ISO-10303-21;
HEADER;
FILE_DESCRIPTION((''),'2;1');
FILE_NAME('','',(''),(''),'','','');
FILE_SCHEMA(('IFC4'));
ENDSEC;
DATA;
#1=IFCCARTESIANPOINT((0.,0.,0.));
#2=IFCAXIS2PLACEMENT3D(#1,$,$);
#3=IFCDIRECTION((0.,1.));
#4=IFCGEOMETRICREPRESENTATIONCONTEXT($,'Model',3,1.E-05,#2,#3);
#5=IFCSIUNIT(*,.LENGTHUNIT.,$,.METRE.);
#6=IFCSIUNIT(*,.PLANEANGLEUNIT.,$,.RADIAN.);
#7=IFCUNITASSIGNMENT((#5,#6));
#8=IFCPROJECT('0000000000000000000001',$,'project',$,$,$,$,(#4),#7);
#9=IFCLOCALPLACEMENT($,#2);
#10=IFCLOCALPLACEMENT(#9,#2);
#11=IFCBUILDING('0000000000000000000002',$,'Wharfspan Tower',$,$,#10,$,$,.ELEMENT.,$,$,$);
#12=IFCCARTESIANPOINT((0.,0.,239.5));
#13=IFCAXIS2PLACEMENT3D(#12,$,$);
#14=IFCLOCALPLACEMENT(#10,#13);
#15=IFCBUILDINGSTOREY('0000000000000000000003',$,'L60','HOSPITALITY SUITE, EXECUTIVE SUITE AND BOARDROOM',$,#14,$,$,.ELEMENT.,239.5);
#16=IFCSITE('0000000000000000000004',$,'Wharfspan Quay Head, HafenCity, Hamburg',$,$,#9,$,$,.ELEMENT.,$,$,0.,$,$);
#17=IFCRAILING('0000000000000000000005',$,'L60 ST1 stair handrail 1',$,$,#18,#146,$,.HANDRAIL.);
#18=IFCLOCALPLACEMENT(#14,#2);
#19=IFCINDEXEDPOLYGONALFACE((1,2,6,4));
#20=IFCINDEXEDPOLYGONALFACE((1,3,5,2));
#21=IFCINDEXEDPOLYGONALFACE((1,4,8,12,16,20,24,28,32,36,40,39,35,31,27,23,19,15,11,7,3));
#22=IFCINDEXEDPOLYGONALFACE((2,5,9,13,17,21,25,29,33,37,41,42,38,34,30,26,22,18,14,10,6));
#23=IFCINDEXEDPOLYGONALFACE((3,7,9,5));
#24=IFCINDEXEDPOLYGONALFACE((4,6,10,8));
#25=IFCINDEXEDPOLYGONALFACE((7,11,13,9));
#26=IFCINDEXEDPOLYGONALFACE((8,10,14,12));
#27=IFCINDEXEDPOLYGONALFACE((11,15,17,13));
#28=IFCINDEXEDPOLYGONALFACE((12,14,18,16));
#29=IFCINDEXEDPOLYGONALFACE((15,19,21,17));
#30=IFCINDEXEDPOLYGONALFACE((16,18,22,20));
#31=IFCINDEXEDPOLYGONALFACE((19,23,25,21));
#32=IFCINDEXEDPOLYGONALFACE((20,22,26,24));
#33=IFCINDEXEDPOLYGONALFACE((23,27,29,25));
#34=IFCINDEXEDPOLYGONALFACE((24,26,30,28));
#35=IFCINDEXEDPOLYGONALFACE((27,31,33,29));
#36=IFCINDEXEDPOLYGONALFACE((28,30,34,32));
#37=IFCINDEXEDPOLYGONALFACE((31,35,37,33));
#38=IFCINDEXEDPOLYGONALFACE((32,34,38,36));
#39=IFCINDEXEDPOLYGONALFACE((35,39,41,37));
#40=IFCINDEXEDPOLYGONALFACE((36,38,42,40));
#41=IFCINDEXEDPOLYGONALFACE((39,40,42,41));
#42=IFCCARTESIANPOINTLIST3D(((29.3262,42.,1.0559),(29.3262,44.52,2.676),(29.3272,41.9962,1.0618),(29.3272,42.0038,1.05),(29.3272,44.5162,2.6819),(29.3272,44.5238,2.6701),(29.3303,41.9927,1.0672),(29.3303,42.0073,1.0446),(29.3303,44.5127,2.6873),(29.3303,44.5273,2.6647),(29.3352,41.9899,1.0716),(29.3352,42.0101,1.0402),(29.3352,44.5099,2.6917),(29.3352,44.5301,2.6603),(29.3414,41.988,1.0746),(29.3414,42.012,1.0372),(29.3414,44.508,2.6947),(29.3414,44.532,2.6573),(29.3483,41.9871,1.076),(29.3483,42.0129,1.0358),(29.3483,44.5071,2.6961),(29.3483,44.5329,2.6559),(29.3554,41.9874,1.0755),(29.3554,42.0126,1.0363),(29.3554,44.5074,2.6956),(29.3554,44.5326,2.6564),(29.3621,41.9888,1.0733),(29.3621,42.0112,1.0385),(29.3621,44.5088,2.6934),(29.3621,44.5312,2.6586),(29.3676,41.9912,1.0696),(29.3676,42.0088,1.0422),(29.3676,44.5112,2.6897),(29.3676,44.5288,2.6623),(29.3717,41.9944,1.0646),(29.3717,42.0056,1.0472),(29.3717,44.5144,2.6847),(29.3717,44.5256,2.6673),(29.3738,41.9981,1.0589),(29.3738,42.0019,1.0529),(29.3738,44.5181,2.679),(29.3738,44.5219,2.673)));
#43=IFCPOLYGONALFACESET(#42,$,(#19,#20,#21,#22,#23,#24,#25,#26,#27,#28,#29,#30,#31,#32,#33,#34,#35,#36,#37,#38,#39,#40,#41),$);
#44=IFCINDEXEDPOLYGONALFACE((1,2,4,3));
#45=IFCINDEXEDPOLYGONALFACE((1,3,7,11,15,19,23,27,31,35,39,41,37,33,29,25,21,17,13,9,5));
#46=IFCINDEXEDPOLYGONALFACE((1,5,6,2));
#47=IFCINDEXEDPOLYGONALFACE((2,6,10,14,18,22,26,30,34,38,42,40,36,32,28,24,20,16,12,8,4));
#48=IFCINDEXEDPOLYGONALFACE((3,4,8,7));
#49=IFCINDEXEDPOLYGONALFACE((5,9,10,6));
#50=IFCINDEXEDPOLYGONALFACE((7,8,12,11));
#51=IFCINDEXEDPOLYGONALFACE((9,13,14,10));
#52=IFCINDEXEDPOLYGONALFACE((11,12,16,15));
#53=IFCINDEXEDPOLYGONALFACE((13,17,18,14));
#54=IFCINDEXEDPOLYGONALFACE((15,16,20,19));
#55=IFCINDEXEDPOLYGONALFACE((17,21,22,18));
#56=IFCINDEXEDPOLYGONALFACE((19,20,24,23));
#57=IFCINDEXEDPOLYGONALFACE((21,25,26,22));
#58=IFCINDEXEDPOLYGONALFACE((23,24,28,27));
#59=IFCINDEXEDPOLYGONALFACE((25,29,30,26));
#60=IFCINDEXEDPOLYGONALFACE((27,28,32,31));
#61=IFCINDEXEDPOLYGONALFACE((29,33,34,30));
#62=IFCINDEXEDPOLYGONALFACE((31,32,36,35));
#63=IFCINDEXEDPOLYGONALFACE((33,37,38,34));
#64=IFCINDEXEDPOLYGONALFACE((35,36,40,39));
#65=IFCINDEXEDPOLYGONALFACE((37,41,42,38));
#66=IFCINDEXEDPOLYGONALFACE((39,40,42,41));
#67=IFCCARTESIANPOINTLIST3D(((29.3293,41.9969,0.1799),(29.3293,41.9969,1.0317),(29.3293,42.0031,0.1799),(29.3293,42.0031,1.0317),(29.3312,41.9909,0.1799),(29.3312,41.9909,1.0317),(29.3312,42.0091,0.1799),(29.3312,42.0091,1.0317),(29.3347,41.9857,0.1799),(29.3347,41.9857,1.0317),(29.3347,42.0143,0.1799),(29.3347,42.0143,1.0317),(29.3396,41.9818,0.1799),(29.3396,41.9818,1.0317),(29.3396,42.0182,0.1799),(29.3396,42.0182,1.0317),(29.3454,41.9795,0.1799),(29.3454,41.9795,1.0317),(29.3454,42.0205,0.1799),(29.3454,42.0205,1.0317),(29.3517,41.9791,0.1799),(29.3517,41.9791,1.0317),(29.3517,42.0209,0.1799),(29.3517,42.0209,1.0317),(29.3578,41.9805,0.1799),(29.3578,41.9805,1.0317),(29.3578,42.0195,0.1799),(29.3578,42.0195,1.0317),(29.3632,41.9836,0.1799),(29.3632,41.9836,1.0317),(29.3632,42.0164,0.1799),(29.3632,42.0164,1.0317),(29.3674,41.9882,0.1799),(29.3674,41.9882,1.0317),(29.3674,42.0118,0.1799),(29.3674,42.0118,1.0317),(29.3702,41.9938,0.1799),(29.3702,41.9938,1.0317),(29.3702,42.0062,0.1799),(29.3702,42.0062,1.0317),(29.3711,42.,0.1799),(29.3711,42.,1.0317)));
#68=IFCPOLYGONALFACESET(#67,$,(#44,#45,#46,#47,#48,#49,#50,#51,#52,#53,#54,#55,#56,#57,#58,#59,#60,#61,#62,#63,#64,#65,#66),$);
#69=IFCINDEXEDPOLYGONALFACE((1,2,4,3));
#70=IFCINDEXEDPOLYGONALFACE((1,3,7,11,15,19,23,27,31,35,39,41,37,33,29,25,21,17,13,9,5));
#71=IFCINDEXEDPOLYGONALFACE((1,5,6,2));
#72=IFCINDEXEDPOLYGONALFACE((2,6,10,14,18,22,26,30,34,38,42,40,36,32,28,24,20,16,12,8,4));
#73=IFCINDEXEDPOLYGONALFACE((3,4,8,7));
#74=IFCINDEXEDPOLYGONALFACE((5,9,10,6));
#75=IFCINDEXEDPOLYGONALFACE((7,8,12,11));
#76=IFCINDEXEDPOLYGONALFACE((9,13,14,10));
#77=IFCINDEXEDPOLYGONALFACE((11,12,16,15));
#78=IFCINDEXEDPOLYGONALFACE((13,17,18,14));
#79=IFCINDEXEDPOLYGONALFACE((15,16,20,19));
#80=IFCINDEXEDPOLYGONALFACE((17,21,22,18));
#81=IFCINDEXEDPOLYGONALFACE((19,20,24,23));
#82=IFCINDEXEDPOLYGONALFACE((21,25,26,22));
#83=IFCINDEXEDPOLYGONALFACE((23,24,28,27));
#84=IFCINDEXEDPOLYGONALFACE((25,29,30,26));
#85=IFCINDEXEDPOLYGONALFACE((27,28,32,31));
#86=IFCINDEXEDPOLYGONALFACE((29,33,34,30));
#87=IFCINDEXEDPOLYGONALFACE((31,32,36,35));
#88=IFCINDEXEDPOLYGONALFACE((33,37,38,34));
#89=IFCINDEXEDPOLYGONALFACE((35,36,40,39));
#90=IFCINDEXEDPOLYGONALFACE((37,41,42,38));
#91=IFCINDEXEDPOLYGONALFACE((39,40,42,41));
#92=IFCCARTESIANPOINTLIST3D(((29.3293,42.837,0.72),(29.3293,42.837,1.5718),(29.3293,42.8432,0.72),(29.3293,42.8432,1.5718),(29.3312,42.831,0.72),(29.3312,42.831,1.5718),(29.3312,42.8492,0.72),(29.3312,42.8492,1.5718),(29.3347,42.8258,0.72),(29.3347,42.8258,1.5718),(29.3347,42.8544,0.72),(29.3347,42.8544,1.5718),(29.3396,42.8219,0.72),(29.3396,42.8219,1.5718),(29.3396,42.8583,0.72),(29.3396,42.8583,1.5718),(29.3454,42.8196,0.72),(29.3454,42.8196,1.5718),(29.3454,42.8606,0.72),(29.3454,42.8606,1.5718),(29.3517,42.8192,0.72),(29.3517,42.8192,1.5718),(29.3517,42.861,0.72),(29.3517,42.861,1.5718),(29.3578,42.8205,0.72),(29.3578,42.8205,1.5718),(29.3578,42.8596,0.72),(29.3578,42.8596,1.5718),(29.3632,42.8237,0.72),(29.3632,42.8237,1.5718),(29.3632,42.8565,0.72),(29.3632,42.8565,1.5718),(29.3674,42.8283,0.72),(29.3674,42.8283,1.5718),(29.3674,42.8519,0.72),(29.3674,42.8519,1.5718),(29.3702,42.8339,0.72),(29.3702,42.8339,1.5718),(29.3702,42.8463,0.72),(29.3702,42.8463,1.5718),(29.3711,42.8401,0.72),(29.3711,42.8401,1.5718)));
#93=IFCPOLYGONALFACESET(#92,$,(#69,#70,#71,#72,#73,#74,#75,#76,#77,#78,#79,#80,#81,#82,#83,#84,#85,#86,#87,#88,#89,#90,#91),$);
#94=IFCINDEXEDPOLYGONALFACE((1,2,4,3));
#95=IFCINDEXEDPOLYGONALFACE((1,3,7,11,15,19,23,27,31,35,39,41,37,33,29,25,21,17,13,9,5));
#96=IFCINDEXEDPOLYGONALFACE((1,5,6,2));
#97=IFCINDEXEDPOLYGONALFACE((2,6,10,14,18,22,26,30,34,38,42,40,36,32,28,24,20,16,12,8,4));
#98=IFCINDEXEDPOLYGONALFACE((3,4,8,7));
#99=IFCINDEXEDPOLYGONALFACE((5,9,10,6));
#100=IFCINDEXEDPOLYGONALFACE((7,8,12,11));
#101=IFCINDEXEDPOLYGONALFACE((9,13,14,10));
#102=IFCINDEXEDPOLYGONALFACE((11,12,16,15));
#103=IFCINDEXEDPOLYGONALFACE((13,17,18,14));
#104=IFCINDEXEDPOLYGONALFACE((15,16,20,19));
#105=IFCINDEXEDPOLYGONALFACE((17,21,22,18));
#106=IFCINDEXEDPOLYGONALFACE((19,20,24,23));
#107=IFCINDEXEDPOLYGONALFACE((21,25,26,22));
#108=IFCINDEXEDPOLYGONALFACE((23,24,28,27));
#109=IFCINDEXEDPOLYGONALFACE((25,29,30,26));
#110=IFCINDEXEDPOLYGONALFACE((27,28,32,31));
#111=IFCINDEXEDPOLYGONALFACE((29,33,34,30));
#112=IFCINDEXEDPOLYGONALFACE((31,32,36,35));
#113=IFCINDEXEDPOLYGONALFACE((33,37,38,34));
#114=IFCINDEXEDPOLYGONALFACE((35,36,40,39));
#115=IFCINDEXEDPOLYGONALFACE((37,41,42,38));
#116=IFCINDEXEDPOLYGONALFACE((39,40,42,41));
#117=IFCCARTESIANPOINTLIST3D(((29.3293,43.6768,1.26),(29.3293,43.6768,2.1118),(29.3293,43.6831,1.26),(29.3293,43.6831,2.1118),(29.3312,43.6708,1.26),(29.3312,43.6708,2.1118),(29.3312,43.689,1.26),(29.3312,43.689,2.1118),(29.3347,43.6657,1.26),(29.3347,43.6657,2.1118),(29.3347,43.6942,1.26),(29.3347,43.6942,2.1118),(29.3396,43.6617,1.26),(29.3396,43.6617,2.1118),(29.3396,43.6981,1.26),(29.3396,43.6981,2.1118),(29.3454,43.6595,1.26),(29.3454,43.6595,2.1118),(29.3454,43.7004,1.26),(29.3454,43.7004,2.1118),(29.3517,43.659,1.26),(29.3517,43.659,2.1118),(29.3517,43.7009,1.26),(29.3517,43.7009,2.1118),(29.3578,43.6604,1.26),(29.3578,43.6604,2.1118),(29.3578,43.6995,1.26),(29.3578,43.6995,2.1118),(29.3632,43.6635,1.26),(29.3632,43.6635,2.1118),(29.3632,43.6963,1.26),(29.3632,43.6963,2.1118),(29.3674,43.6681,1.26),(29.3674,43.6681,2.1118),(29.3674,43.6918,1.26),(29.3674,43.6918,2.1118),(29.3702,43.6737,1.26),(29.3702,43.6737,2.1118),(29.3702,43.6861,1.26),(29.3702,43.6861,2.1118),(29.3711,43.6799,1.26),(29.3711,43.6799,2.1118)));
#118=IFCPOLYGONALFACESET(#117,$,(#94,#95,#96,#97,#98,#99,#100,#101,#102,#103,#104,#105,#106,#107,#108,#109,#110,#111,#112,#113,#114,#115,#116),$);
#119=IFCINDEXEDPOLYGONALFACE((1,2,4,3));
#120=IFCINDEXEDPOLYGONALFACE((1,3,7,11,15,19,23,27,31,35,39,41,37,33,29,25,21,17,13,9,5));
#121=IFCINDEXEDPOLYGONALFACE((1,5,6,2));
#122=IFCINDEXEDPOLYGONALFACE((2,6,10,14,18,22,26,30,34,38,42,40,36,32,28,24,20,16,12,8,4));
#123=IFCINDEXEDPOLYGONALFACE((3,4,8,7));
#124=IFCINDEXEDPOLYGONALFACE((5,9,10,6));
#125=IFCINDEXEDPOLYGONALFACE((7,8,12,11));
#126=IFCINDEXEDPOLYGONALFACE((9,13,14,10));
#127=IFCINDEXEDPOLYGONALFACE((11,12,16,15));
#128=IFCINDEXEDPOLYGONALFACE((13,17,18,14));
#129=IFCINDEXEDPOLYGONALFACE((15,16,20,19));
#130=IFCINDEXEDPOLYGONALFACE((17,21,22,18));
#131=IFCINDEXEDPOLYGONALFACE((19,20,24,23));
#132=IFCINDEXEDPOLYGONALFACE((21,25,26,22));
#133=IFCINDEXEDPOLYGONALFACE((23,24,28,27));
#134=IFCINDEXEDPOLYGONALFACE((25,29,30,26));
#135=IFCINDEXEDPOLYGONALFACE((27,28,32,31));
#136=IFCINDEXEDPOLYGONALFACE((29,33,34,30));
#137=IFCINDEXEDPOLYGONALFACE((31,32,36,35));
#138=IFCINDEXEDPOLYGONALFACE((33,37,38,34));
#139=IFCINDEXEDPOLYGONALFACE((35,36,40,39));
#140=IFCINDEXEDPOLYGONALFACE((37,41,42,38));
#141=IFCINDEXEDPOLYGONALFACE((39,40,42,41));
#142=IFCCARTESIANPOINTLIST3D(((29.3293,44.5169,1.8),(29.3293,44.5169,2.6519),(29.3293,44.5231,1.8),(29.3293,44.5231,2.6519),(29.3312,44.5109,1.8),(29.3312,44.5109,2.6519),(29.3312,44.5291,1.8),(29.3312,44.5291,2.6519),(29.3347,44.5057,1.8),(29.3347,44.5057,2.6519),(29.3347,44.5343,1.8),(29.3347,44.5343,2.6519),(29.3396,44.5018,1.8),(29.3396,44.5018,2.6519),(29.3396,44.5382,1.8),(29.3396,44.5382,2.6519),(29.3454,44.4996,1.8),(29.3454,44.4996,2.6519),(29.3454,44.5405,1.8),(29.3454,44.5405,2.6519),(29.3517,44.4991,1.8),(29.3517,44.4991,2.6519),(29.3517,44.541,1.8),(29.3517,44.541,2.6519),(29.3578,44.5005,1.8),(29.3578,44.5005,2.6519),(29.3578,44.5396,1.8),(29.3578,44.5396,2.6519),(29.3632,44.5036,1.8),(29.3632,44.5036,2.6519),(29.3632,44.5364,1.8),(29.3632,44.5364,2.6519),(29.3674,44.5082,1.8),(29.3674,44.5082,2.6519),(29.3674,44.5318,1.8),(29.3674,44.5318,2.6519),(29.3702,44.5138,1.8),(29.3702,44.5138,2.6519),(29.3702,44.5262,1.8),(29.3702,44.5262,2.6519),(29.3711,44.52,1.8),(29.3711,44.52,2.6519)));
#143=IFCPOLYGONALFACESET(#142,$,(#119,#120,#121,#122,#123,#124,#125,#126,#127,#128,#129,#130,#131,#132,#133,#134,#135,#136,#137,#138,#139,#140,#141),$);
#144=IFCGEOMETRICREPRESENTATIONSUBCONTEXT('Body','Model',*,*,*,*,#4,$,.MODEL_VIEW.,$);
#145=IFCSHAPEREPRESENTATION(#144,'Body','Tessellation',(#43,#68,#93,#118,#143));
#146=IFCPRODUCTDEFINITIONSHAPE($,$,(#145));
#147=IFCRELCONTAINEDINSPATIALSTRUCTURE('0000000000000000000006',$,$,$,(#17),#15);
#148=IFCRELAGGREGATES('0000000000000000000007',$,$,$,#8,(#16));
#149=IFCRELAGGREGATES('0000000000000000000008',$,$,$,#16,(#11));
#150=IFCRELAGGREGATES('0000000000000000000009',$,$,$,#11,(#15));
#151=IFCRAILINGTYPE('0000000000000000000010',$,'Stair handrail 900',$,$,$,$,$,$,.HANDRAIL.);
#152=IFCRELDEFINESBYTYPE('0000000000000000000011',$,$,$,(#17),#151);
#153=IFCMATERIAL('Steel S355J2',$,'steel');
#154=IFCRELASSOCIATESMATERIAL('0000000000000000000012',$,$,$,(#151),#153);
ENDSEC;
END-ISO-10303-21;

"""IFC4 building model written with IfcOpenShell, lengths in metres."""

from ifc_helpers import new_model, si_unit, direction, frame, origin, origin_2d, place, context, subcontext, project, spatial, circle, extrude, material, type_object, element, save


model = new_model("IFC4")

# Units and contexts
model_context = context("Model", 3, precision=1e-05, world=origin(), true_north=direction((0.0, 1.0)))
body_context = subcontext(model_context, "Body", "Model", "MODEL_VIEW")
ifc_project = project(units=[si_unit("LENGTHUNIT", "METRE"), si_unit("PLANEANGLEUNIT", "RADIAN")], contexts=[model_context])

# Site, building, storey
site_placement = place(None, origin())
site = spatial("IfcSite", under=ifc_project, at=site_placement, Name="Wharfspan Quay Head, HafenCity, Hamburg", CompositionType="ELEMENT", RefElevation=0.0)
building_placement = place(site_placement, origin())
building = spatial("IfcBuilding", under=site, at=building_placement, Name="Wharfspan Tower", CompositionType="ELEMENT")
storey_placement = place(building_placement, frame((0.0, 0.0, 239.5)))
storey = spatial("IfcBuildingStorey", under=building, at=storey_placement, Name="L60", Description="HOSPITALITY SUITE, EXECUTIVE SUITE AND BOARDROOM", CompositionType="ELEMENT", Elevation=239.5)

# Shared definitions
ifc_material_1 = material(Name="Steel S355J2", Category="steel")

# Railing
railing_type = type_object("IfcRailingType", Name="Stair handrail 900", PredefinedType="HANDRAIL", material=ifc_material_1)
railing_1_placement = place(storey_placement, frame((29.3501, 42.0, 0.1799)))
element("IfcRailing", 1, at=railing_1_placement, inside=storey, type_object=railing_type, Name="L60 ST1 stair handrail 1", PredefinedType="HANDRAIL", context=body_context, shape_type="SweptSolid", body=[
    extrude(circle(Radius=0.0239, at=origin_2d()), frame((0.0, 0.0, 0.876), z_axis=(0.0, 0.841163, 0.540782), x_axis=(-1.0, 0.0, 0.0)), (0.0, 0.0, 1.0), 2.9958),
    extrude(circle(Radius=0.021, at=origin_2d()), origin(), (0.0, 0.0, 1.0), 0.8518),
    extrude(circle(Radius=0.021, at=origin_2d()), frame((0.0, 0.8401, 0.54)), (0.0, 0.0, 1.0), 0.8518),
    extrude(circle(Radius=0.021, at=origin_2d()), frame((0.0, 1.6799, 1.0801)), (0.0, 0.0, 1.0), 0.8518),
    extrude(circle(Radius=0.021, at=origin_2d()), frame((0.0, 2.52, 1.6201)), (0.0, 0.0, 1.0), 0.8518),
])

save(model, "model.ifc")
